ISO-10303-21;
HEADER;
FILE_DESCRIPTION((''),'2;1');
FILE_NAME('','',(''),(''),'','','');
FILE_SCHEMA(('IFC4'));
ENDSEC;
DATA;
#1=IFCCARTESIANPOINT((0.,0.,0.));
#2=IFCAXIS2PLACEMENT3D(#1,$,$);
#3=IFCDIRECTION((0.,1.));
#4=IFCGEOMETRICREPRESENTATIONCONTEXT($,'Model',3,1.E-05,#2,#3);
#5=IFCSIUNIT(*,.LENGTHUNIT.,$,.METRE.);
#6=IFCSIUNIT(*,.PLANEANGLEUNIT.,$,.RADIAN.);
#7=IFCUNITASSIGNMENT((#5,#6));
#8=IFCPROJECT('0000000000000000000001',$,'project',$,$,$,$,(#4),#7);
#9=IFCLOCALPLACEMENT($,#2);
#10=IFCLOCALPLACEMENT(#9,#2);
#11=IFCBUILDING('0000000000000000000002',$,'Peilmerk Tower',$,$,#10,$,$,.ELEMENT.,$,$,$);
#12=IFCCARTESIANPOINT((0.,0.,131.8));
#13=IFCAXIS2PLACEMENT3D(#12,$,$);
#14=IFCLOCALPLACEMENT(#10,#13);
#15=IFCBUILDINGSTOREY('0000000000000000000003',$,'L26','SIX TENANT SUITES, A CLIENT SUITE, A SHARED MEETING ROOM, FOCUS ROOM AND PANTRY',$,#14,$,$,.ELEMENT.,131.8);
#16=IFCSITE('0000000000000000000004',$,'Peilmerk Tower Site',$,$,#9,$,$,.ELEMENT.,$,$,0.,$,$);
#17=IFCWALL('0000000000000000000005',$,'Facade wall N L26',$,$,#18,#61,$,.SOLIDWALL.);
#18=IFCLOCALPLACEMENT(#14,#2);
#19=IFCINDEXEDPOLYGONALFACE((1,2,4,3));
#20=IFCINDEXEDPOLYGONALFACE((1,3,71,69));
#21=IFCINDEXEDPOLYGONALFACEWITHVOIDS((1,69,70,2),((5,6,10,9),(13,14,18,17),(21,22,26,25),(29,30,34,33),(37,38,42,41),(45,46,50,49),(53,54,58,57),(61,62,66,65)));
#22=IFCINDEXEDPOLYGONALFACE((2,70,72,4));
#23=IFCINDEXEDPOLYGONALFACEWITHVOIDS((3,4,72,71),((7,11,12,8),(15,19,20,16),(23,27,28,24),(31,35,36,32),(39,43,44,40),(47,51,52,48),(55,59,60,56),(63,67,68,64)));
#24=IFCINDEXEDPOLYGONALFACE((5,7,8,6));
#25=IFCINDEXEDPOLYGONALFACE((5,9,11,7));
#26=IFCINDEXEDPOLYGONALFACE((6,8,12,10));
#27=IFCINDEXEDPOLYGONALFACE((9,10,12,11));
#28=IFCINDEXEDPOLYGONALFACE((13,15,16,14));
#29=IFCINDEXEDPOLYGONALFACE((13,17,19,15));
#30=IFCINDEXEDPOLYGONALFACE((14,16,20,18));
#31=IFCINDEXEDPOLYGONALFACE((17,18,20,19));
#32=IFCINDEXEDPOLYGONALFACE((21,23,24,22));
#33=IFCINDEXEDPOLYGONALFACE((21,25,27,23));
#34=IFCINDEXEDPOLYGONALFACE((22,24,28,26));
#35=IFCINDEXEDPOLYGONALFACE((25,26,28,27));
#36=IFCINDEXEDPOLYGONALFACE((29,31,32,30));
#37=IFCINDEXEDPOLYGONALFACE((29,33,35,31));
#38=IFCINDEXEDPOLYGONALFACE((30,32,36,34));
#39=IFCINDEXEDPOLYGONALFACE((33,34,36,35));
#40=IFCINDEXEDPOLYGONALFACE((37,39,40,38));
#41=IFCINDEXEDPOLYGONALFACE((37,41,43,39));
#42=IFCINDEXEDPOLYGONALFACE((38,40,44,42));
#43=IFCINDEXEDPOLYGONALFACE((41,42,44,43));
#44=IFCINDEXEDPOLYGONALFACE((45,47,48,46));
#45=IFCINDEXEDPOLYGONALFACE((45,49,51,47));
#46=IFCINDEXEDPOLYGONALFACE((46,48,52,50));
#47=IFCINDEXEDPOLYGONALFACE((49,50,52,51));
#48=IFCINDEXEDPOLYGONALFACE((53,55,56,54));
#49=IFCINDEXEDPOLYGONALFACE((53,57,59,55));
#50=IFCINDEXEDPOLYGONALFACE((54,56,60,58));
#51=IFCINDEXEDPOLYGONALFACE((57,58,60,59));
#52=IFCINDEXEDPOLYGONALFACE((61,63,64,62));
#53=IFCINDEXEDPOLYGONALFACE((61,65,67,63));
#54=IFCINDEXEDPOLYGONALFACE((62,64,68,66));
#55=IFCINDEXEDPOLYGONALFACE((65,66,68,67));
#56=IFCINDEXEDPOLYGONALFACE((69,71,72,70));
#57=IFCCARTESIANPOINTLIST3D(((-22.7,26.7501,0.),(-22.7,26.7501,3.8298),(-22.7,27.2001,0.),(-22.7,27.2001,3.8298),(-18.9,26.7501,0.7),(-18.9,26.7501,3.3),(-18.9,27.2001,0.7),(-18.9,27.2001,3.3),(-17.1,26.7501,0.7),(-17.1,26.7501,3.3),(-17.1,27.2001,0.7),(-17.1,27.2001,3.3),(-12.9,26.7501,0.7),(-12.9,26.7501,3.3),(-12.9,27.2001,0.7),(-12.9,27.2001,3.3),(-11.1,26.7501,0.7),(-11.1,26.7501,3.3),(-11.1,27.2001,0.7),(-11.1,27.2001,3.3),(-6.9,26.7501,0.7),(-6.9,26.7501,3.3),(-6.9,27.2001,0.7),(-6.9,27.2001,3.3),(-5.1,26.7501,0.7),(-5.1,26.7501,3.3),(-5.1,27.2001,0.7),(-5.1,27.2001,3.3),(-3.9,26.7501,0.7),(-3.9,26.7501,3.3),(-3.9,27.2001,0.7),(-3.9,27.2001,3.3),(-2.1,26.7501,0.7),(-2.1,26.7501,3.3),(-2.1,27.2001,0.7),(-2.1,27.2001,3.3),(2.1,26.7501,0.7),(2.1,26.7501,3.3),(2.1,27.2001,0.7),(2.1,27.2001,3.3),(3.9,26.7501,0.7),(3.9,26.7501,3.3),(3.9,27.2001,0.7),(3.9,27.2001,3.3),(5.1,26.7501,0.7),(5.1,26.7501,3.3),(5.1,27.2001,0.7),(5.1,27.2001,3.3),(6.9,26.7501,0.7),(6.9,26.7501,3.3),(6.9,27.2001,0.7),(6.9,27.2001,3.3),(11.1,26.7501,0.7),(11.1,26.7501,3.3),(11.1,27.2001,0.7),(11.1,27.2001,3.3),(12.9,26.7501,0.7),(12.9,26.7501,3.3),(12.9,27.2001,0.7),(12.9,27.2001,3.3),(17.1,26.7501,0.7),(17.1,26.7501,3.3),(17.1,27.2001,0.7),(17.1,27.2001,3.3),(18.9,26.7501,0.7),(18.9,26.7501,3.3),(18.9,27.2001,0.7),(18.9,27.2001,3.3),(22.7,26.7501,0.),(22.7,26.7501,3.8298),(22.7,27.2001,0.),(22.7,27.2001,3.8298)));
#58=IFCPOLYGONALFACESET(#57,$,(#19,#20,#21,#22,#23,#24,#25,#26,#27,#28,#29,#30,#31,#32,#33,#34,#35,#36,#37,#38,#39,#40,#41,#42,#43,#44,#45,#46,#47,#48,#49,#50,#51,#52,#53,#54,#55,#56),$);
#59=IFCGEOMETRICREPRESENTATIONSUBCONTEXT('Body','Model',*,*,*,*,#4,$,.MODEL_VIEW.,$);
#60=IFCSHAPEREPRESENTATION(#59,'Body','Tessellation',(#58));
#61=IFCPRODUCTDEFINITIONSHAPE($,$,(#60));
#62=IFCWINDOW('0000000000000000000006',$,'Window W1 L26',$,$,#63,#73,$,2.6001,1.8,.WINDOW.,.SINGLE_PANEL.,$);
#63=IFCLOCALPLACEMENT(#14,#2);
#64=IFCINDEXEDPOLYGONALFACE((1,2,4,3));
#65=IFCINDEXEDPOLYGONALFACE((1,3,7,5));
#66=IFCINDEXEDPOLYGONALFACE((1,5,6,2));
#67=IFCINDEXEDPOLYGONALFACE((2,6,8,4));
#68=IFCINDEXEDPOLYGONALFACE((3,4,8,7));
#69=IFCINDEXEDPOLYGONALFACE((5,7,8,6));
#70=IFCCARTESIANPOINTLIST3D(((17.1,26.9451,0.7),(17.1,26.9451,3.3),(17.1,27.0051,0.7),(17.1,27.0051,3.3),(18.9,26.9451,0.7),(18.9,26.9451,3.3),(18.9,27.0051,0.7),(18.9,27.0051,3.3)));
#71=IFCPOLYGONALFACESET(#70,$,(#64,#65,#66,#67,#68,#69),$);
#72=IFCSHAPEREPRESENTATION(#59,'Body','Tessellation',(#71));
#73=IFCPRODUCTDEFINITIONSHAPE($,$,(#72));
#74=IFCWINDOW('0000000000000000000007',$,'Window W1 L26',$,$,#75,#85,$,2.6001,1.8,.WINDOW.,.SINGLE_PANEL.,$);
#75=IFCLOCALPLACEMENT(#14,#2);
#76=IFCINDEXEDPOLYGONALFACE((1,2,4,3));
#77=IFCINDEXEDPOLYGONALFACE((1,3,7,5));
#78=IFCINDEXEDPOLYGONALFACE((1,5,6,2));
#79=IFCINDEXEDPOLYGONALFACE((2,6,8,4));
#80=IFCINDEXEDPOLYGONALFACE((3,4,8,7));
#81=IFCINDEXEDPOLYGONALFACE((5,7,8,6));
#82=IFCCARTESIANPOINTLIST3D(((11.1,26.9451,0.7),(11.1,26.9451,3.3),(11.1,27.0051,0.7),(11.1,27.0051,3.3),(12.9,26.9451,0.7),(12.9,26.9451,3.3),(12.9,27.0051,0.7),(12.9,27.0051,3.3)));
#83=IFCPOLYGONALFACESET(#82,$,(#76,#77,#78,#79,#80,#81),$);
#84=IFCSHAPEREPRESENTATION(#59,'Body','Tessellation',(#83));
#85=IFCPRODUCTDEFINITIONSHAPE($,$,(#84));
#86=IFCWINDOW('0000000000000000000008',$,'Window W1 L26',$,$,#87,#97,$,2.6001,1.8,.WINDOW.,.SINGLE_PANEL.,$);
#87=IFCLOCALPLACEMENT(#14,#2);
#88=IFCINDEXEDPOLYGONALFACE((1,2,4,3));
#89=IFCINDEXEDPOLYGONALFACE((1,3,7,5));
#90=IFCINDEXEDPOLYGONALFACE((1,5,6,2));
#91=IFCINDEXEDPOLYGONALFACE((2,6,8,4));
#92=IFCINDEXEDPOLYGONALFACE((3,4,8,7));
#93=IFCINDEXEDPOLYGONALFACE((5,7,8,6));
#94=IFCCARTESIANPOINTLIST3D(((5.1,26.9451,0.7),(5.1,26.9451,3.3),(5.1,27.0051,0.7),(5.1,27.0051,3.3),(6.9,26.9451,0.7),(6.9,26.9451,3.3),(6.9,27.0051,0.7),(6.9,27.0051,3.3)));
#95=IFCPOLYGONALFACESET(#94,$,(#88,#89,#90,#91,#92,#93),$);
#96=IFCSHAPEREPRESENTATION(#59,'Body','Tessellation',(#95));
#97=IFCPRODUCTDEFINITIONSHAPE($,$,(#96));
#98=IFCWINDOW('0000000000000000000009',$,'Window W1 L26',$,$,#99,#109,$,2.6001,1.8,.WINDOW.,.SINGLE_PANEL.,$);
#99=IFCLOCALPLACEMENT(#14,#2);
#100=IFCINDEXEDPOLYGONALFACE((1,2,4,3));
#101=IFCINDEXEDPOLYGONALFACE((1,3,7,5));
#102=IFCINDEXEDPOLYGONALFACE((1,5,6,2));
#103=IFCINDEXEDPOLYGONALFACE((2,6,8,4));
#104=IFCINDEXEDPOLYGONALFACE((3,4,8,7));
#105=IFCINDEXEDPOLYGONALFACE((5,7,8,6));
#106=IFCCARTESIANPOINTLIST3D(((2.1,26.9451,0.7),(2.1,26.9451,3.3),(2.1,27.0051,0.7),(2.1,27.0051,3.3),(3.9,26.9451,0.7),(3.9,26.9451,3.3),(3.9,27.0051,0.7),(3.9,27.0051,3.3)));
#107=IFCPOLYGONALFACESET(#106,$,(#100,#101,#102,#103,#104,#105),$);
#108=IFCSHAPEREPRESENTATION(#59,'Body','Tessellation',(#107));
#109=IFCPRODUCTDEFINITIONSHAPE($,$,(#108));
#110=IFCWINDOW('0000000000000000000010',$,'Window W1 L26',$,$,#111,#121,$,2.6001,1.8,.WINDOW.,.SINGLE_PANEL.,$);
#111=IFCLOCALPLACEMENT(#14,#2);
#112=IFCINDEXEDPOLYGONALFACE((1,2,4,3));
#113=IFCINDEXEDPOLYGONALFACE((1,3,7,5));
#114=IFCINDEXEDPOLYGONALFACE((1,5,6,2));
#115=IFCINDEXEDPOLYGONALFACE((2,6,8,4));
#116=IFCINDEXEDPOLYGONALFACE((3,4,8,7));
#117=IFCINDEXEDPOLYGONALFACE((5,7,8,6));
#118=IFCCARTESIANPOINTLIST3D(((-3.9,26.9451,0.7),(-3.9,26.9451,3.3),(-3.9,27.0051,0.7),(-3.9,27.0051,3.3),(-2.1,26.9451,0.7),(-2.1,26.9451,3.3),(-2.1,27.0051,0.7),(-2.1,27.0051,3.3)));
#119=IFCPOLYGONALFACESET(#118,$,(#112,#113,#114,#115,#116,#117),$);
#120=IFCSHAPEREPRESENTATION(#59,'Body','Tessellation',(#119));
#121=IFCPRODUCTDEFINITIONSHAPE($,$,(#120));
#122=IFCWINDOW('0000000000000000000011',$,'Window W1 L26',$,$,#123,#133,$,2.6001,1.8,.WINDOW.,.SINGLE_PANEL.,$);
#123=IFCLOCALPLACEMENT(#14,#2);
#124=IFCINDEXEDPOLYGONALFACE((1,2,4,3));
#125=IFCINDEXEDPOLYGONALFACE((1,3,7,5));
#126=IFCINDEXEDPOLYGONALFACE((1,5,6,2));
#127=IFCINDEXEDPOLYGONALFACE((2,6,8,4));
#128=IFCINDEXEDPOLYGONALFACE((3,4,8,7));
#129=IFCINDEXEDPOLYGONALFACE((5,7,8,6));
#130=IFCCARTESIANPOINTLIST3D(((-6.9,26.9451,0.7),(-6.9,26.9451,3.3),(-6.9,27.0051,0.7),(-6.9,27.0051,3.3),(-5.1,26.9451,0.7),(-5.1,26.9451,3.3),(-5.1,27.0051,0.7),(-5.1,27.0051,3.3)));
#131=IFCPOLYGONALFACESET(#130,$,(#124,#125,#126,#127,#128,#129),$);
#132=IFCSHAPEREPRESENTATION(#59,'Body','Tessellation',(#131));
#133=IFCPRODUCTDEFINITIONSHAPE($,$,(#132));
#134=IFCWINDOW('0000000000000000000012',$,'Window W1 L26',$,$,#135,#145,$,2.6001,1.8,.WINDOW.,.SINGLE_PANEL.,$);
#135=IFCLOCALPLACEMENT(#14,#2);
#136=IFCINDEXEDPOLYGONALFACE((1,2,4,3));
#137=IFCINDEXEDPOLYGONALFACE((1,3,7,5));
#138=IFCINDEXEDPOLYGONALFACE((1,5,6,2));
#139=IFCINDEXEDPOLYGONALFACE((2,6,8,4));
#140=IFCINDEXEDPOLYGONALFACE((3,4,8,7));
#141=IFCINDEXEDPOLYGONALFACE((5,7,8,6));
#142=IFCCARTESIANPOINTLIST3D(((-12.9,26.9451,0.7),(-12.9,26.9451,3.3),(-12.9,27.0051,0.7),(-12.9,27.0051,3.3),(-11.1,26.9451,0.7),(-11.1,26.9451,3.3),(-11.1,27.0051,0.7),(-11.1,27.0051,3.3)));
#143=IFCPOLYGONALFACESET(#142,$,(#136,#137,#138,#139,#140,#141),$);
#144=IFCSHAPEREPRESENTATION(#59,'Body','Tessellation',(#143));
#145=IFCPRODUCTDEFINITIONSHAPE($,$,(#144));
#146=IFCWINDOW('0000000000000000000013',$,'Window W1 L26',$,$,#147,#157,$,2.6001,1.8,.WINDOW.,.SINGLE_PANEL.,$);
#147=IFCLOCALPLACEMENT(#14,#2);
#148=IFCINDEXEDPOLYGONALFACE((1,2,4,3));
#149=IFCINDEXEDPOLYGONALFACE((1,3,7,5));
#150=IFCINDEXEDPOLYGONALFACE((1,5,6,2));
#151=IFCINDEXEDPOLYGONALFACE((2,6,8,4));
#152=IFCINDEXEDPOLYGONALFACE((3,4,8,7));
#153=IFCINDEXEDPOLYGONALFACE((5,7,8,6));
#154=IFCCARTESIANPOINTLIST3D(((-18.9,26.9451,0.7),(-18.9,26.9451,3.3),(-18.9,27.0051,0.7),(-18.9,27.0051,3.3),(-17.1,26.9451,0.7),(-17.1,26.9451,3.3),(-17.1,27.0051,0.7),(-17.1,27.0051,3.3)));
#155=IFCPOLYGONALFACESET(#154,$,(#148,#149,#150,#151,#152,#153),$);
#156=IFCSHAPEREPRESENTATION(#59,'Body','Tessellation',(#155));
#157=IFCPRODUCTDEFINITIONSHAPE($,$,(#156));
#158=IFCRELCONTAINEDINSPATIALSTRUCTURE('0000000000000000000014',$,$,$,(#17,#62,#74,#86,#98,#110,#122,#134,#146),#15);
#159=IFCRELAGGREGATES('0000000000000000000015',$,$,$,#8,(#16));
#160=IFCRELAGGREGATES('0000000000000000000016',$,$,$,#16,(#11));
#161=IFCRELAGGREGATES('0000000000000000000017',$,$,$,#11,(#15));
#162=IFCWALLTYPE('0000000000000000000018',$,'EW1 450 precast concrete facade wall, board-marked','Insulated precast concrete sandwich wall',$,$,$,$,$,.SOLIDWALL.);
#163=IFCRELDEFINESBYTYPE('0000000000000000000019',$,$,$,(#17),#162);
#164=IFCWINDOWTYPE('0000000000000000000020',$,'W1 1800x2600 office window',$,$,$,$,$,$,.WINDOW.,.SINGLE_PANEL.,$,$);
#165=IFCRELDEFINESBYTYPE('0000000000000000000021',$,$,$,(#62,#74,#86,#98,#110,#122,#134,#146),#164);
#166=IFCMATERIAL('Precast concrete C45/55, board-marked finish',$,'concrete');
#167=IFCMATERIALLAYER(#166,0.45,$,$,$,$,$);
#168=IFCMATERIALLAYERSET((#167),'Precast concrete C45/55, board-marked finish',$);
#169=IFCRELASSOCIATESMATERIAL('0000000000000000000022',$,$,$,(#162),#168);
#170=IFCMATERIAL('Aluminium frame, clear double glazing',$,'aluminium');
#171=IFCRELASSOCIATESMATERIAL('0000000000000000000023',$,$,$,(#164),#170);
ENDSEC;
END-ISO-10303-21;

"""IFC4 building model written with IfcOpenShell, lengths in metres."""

from ifc_helpers import new_model, si_unit, direction, frame, frame_2d, origin, place, context, subcontext, project, spatial, rectangle, extrude, material, layer, layer_set, type_object, element, fill, save


model = new_model("IFC4")

# Units and contexts
model_context = context("Model", 3, precision=1e-05, world=origin(), true_north=direction((0.0, 1.0)))
body_context = subcontext(model_context, "Body", "Model", "MODEL_VIEW")
ifc_project = project(units=[si_unit("LENGTHUNIT", "METRE"), si_unit("PLANEANGLEUNIT", "RADIAN")], contexts=[model_context])

# Site, building, storey
site_placement = place(None, origin())
site = spatial("IfcSite", under=ifc_project, at=site_placement, Name="Peilmerk Tower Site", CompositionType="ELEMENT", RefElevation=0.0)
building_placement = place(site_placement, origin())
building = spatial("IfcBuilding", under=site, at=building_placement, Name="Peilmerk Tower", CompositionType="ELEMENT")
storey_placement = place(building_placement, frame((0.0, 0.0, 131.8)))
storey = spatial("IfcBuildingStorey", under=building, at=storey_placement, Name="L26", Description="SIX TENANT SUITES, A CLIENT SUITE, A SHARED MEETING ROOM, FOCUS ROOM AND PANTRY", CompositionType="ELEMENT", Elevation=131.8)

# Wall, openings, windows
ifc_material_1 = material(Name="Precast concrete C45/55, board-marked finish", Category="concrete")
ifc_layer_1 = layer(ifc_material_1, 0.45)
ifc_layer_set_1 = layer_set([ifc_layer_1], Name="Precast concrete C45/55, board-marked finish")
wall_type = type_object("IfcWallType", Name="EW1 450 precast concrete facade wall, board-marked", Description="Insulated precast concrete sandwich wall", PredefinedType="SOLIDWALL", material=ifc_layer_set_1)
wall_placement = place(storey_placement, frame((22.7, 26.9751, 0.0), z_axis=(0.0, 0.0, 1.0), x_axis=(-1.0, 0.0, 0.0)))
wall = element("IfcWall", 1, at=wall_placement, inside=storey, type_object=wall_type, Name="Facade wall N L26", PredefinedType="SOLIDWALL", context=body_context, shape_type="SweptSolid", body=[
    extrude(rectangle(XDim=45.3999, YDim=0.45, at=frame_2d((22.7, 0.0))), origin(), (0.0, 0.0, 1.0), 3.8298),
])
opening_1_placement = place(wall_placement, frame((3.8, 0.0, 0.7)))
opening_1 = element("IfcOpeningElement", 2, at=opening_1_placement, cuts=wall, PredefinedType="OPENING", context=body_context, shape_type="SweptSolid", body=[
    extrude(rectangle(XDim=1.8, YDim=2.6001, at=frame_2d((0.8999, 1.3))), frame((0.0, 0.2349, 0.0), z_axis=(0.0, -1.0, 0.0), x_axis=(1.0, 0.0, 0.0)), (0.0, 0.0, 1.0), 0.47),
])
opening_2_placement = place(wall_placement, frame((9.8, 0.0, 0.7)))
opening_2 = element("IfcOpeningElement", 3, at=opening_2_placement, cuts=wall, PredefinedType="OPENING", context=body_context, shape_type="SweptSolid", body=[
    extrude(rectangle(XDim=1.8, YDim=2.6001, at=frame_2d((0.8999, 1.3))), frame((0.0, 0.2349, 0.0), z_axis=(0.0, -1.0, 0.0), x_axis=(1.0, 0.0, 0.0)), (0.0, 0.0, 1.0), 0.47),
])
opening_3_placement = place(wall_placement, frame((15.8, 0.0, 0.7)))
opening_3 = element("IfcOpeningElement", 4, at=opening_3_placement, cuts=wall, PredefinedType="OPENING", context=body_context, shape_type="SweptSolid", body=[
    extrude(rectangle(XDim=1.8, YDim=2.6001, at=frame_2d((0.8999, 1.3))), frame((0.0, 0.2349, 0.0), z_axis=(0.0, -1.0, 0.0), x_axis=(1.0, 0.0, 0.0)), (0.0, 0.0, 1.0), 0.47),
])
opening_4_placement = place(wall_placement, frame((18.8, 0.0, 0.7)))
opening_4 = element("IfcOpeningElement", 5, at=opening_4_placement, cuts=wall, PredefinedType="OPENING", context=body_context, shape_type="SweptSolid", body=[
    extrude(rectangle(XDim=1.8, YDim=2.6001, at=frame_2d((0.8999, 1.3))), frame((0.0, 0.2349, 0.0), z_axis=(0.0, -1.0, 0.0), x_axis=(1.0, 0.0, 0.0)), (0.0, 0.0, 1.0), 0.47),
])
opening_5_placement = place(wall_placement, frame((24.8, 0.0, 0.7)))
opening_5 = element("IfcOpeningElement", 6, at=opening_5_placement, cuts=wall, PredefinedType="OPENING", context=body_context, shape_type="SweptSolid", body=[
    extrude(rectangle(XDim=1.8, YDim=2.6001, at=frame_2d((0.8999, 1.3))), frame((0.0, 0.2349, 0.0), z_axis=(0.0, -1.0, 0.0), x_axis=(1.0, 0.0, 0.0)), (0.0, 0.0, 1.0), 0.47),
])
opening_6_placement = place(wall_placement, frame((27.8, 0.0, 0.7)))
opening_6 = element("IfcOpeningElement", 7, at=opening_6_placement, cuts=wall, PredefinedType="OPENING", context=body_context, shape_type="SweptSolid", body=[
    extrude(rectangle(XDim=1.8, YDim=2.6001, at=frame_2d((0.8999, 1.3))), frame((0.0, 0.2349, 0.0), z_axis=(0.0, -1.0, 0.0), x_axis=(1.0, 0.0, 0.0)), (0.0, 0.0, 1.0), 0.47),
])
opening_7_placement = place(wall_placement, frame((33.8, 0.0, 0.7)))
opening_7 = element("IfcOpeningElement", 8, at=opening_7_placement, cuts=wall, PredefinedType="OPENING", context=body_context, shape_type="SweptSolid", body=[
    extrude(rectangle(XDim=1.8, YDim=2.6001, at=frame_2d((0.8999, 1.3))), frame((0.0, 0.2349, 0.0), z_axis=(0.0, -1.0, 0.0), x_axis=(1.0, 0.0, 0.0)), (0.0, 0.0, 1.0), 0.47),
])
opening_8_placement = place(wall_placement, frame((39.8, 0.0, 0.7)))
opening_8 = element("IfcOpeningElement", 9, at=opening_8_placement, cuts=wall, PredefinedType="OPENING", context=body_context, shape_type="SweptSolid", body=[
    extrude(rectangle(XDim=1.8, YDim=2.6001, at=frame_2d((0.8999, 1.3))), frame((0.0, 0.2349, 0.0), z_axis=(0.0, -1.0, 0.0), x_axis=(1.0, 0.0, 0.0)), (0.0, 0.0, 1.0), 0.47),
])
ifc_material_2 = material(Name="Aluminium frame, clear double glazing", Category="aluminium")
window_type = type_object("IfcWindowType", Name="W1 1800x2600 office window", PartitioningType="SINGLE_PANEL", PredefinedType="WINDOW", material=ifc_material_2)
window_1_placement = place(opening_1_placement, origin())
window_1 = element("IfcWindow", 10, at=window_1_placement, inside=storey, type_object=window_type, Name="Window W1 L26", OverallHeight=2.6001, OverallWidth=1.8, PartitioningType="SINGLE_PANEL", PredefinedType="WINDOW", context=body_context, shape_type="SweptSolid", body=[
    extrude(rectangle(XDim=1.8, YDim=2.6001, at=frame_2d((0.8999, 1.3))), frame((0.0, 0.03, 0.0), z_axis=(0.0, -1.0, 0.0), x_axis=(1.0, 0.0, 0.0)), (0.0, 0.0, 1.0), 0.0601),
])
fill(opening_1, window_1)
window_2_placement = place(opening_2_placement, origin())
window_2 = element("IfcWindow", 11, at=window_2_placement, inside=storey, type_object=window_type, Name="Window W1 L26", OverallHeight=2.6001, OverallWidth=1.8, PartitioningType="SINGLE_PANEL", PredefinedType="WINDOW", context=body_context, shape_type="SweptSolid", body=[
    extrude(rectangle(XDim=1.8, YDim=2.6001, at=frame_2d((0.8999, 1.3))), frame((0.0, 0.03, 0.0), z_axis=(0.0, -1.0, 0.0), x_axis=(1.0, 0.0, 0.0)), (0.0, 0.0, 1.0), 0.0601),
])
fill(opening_2, window_2)
window_3_placement = place(opening_3_placement, origin())
window_3 = element("IfcWindow", 12, at=window_3_placement, inside=storey, type_object=window_type, Name="Window W1 L26", OverallHeight=2.6001, OverallWidth=1.8, PartitioningType="SINGLE_PANEL", PredefinedType="WINDOW", context=body_context, shape_type="SweptSolid", body=[
    extrude(rectangle(XDim=1.8, YDim=2.6001, at=frame_2d((0.8999, 1.3))), frame((0.0, 0.03, 0.0), z_axis=(0.0, -1.0, 0.0), x_axis=(1.0, 0.0, 0.0)), (0.0, 0.0, 1.0), 0.0601),
])
fill(opening_3, window_3)
window_4_placement = place(opening_4_placement, origin())
window_4 = element("IfcWindow", 13, at=window_4_placement, inside=storey, type_object=window_type, Name="Window W1 L26", OverallHeight=2.6001, OverallWidth=1.8, PartitioningType="SINGLE_PANEL", PredefinedType="WINDOW", context=body_context, shape_type="SweptSolid", body=[
    extrude(rectangle(XDim=1.8, YDim=2.6001, at=frame_2d((0.8999, 1.3))), frame((0.0, 0.03, 0.0), z_axis=(0.0, -1.0, 0.0), x_axis=(1.0, 0.0, 0.0)), (0.0, 0.0, 1.0), 0.0601),
])
fill(opening_4, window_4)
window_5_placement = place(opening_5_placement, origin())
window_5 = element("IfcWindow", 14, at=window_5_placement, inside=storey, type_object=window_type, Name="Window W1 L26", OverallHeight=2.6001, OverallWidth=1.8, PartitioningType="SINGLE_PANEL", PredefinedType="WINDOW", context=body_context, shape_type="SweptSolid", body=[
    extrude(rectangle(XDim=1.8, YDim=2.6001, at=frame_2d((0.8999, 1.3))), frame((0.0, 0.03, 0.0), z_axis=(0.0, -1.0, 0.0), x_axis=(1.0, 0.0, 0.0)), (0.0, 0.0, 1.0), 0.0601),
])
fill(opening_5, window_5)
window_6_placement = place(opening_6_placement, origin())
window_6 = element("IfcWindow", 15, at=window_6_placement, inside=storey, type_object=window_type, Name="Window W1 L26", OverallHeight=2.6001, OverallWidth=1.8, PartitioningType="SINGLE_PANEL", PredefinedType="WINDOW", context=body_context, shape_type="SweptSolid", body=[
    extrude(rectangle(XDim=1.8, YDim=2.6001, at=frame_2d((0.8999, 1.3))), frame((0.0, 0.03, 0.0), z_axis=(0.0, -1.0, 0.0), x_axis=(1.0, 0.0, 0.0)), (0.0, 0.0, 1.0), 0.0601),
])
fill(opening_6, window_6)
window_7_placement = place(opening_7_placement, origin())
window_7 = element("IfcWindow", 16, at=window_7_placement, inside=storey, type_object=window_type, Name="Window W1 L26", OverallHeight=2.6001, OverallWidth=1.8, PartitioningType="SINGLE_PANEL", PredefinedType="WINDOW", context=body_context, shape_type="SweptSolid", body=[
    extrude(rectangle(XDim=1.8, YDim=2.6001, at=frame_2d((0.8999, 1.3))), frame((0.0, 0.03, 0.0), z_axis=(0.0, -1.0, 0.0), x_axis=(1.0, 0.0, 0.0)), (0.0, 0.0, 1.0), 0.0601),
])
fill(opening_7, window_7)
window_8_placement = place(opening_8_placement, origin())
window_8 = element("IfcWindow", 17, at=window_8_placement, inside=storey, type_object=window_type, Name="Window W1 L26", OverallHeight=2.6001, OverallWidth=1.8, PartitioningType="SINGLE_PANEL", PredefinedType="WINDOW", context=body_context, shape_type="SweptSolid", body=[
    extrude(rectangle(XDim=1.8, YDim=2.6001, at=frame_2d((0.8999, 1.3))), frame((0.0, 0.03, 0.0), z_axis=(0.0, -1.0, 0.0), x_axis=(1.0, 0.0, 0.0)), (0.0, 0.0, 1.0), 0.0601),
])
fill(opening_8, window_8)

save(model, "model.ifc")
